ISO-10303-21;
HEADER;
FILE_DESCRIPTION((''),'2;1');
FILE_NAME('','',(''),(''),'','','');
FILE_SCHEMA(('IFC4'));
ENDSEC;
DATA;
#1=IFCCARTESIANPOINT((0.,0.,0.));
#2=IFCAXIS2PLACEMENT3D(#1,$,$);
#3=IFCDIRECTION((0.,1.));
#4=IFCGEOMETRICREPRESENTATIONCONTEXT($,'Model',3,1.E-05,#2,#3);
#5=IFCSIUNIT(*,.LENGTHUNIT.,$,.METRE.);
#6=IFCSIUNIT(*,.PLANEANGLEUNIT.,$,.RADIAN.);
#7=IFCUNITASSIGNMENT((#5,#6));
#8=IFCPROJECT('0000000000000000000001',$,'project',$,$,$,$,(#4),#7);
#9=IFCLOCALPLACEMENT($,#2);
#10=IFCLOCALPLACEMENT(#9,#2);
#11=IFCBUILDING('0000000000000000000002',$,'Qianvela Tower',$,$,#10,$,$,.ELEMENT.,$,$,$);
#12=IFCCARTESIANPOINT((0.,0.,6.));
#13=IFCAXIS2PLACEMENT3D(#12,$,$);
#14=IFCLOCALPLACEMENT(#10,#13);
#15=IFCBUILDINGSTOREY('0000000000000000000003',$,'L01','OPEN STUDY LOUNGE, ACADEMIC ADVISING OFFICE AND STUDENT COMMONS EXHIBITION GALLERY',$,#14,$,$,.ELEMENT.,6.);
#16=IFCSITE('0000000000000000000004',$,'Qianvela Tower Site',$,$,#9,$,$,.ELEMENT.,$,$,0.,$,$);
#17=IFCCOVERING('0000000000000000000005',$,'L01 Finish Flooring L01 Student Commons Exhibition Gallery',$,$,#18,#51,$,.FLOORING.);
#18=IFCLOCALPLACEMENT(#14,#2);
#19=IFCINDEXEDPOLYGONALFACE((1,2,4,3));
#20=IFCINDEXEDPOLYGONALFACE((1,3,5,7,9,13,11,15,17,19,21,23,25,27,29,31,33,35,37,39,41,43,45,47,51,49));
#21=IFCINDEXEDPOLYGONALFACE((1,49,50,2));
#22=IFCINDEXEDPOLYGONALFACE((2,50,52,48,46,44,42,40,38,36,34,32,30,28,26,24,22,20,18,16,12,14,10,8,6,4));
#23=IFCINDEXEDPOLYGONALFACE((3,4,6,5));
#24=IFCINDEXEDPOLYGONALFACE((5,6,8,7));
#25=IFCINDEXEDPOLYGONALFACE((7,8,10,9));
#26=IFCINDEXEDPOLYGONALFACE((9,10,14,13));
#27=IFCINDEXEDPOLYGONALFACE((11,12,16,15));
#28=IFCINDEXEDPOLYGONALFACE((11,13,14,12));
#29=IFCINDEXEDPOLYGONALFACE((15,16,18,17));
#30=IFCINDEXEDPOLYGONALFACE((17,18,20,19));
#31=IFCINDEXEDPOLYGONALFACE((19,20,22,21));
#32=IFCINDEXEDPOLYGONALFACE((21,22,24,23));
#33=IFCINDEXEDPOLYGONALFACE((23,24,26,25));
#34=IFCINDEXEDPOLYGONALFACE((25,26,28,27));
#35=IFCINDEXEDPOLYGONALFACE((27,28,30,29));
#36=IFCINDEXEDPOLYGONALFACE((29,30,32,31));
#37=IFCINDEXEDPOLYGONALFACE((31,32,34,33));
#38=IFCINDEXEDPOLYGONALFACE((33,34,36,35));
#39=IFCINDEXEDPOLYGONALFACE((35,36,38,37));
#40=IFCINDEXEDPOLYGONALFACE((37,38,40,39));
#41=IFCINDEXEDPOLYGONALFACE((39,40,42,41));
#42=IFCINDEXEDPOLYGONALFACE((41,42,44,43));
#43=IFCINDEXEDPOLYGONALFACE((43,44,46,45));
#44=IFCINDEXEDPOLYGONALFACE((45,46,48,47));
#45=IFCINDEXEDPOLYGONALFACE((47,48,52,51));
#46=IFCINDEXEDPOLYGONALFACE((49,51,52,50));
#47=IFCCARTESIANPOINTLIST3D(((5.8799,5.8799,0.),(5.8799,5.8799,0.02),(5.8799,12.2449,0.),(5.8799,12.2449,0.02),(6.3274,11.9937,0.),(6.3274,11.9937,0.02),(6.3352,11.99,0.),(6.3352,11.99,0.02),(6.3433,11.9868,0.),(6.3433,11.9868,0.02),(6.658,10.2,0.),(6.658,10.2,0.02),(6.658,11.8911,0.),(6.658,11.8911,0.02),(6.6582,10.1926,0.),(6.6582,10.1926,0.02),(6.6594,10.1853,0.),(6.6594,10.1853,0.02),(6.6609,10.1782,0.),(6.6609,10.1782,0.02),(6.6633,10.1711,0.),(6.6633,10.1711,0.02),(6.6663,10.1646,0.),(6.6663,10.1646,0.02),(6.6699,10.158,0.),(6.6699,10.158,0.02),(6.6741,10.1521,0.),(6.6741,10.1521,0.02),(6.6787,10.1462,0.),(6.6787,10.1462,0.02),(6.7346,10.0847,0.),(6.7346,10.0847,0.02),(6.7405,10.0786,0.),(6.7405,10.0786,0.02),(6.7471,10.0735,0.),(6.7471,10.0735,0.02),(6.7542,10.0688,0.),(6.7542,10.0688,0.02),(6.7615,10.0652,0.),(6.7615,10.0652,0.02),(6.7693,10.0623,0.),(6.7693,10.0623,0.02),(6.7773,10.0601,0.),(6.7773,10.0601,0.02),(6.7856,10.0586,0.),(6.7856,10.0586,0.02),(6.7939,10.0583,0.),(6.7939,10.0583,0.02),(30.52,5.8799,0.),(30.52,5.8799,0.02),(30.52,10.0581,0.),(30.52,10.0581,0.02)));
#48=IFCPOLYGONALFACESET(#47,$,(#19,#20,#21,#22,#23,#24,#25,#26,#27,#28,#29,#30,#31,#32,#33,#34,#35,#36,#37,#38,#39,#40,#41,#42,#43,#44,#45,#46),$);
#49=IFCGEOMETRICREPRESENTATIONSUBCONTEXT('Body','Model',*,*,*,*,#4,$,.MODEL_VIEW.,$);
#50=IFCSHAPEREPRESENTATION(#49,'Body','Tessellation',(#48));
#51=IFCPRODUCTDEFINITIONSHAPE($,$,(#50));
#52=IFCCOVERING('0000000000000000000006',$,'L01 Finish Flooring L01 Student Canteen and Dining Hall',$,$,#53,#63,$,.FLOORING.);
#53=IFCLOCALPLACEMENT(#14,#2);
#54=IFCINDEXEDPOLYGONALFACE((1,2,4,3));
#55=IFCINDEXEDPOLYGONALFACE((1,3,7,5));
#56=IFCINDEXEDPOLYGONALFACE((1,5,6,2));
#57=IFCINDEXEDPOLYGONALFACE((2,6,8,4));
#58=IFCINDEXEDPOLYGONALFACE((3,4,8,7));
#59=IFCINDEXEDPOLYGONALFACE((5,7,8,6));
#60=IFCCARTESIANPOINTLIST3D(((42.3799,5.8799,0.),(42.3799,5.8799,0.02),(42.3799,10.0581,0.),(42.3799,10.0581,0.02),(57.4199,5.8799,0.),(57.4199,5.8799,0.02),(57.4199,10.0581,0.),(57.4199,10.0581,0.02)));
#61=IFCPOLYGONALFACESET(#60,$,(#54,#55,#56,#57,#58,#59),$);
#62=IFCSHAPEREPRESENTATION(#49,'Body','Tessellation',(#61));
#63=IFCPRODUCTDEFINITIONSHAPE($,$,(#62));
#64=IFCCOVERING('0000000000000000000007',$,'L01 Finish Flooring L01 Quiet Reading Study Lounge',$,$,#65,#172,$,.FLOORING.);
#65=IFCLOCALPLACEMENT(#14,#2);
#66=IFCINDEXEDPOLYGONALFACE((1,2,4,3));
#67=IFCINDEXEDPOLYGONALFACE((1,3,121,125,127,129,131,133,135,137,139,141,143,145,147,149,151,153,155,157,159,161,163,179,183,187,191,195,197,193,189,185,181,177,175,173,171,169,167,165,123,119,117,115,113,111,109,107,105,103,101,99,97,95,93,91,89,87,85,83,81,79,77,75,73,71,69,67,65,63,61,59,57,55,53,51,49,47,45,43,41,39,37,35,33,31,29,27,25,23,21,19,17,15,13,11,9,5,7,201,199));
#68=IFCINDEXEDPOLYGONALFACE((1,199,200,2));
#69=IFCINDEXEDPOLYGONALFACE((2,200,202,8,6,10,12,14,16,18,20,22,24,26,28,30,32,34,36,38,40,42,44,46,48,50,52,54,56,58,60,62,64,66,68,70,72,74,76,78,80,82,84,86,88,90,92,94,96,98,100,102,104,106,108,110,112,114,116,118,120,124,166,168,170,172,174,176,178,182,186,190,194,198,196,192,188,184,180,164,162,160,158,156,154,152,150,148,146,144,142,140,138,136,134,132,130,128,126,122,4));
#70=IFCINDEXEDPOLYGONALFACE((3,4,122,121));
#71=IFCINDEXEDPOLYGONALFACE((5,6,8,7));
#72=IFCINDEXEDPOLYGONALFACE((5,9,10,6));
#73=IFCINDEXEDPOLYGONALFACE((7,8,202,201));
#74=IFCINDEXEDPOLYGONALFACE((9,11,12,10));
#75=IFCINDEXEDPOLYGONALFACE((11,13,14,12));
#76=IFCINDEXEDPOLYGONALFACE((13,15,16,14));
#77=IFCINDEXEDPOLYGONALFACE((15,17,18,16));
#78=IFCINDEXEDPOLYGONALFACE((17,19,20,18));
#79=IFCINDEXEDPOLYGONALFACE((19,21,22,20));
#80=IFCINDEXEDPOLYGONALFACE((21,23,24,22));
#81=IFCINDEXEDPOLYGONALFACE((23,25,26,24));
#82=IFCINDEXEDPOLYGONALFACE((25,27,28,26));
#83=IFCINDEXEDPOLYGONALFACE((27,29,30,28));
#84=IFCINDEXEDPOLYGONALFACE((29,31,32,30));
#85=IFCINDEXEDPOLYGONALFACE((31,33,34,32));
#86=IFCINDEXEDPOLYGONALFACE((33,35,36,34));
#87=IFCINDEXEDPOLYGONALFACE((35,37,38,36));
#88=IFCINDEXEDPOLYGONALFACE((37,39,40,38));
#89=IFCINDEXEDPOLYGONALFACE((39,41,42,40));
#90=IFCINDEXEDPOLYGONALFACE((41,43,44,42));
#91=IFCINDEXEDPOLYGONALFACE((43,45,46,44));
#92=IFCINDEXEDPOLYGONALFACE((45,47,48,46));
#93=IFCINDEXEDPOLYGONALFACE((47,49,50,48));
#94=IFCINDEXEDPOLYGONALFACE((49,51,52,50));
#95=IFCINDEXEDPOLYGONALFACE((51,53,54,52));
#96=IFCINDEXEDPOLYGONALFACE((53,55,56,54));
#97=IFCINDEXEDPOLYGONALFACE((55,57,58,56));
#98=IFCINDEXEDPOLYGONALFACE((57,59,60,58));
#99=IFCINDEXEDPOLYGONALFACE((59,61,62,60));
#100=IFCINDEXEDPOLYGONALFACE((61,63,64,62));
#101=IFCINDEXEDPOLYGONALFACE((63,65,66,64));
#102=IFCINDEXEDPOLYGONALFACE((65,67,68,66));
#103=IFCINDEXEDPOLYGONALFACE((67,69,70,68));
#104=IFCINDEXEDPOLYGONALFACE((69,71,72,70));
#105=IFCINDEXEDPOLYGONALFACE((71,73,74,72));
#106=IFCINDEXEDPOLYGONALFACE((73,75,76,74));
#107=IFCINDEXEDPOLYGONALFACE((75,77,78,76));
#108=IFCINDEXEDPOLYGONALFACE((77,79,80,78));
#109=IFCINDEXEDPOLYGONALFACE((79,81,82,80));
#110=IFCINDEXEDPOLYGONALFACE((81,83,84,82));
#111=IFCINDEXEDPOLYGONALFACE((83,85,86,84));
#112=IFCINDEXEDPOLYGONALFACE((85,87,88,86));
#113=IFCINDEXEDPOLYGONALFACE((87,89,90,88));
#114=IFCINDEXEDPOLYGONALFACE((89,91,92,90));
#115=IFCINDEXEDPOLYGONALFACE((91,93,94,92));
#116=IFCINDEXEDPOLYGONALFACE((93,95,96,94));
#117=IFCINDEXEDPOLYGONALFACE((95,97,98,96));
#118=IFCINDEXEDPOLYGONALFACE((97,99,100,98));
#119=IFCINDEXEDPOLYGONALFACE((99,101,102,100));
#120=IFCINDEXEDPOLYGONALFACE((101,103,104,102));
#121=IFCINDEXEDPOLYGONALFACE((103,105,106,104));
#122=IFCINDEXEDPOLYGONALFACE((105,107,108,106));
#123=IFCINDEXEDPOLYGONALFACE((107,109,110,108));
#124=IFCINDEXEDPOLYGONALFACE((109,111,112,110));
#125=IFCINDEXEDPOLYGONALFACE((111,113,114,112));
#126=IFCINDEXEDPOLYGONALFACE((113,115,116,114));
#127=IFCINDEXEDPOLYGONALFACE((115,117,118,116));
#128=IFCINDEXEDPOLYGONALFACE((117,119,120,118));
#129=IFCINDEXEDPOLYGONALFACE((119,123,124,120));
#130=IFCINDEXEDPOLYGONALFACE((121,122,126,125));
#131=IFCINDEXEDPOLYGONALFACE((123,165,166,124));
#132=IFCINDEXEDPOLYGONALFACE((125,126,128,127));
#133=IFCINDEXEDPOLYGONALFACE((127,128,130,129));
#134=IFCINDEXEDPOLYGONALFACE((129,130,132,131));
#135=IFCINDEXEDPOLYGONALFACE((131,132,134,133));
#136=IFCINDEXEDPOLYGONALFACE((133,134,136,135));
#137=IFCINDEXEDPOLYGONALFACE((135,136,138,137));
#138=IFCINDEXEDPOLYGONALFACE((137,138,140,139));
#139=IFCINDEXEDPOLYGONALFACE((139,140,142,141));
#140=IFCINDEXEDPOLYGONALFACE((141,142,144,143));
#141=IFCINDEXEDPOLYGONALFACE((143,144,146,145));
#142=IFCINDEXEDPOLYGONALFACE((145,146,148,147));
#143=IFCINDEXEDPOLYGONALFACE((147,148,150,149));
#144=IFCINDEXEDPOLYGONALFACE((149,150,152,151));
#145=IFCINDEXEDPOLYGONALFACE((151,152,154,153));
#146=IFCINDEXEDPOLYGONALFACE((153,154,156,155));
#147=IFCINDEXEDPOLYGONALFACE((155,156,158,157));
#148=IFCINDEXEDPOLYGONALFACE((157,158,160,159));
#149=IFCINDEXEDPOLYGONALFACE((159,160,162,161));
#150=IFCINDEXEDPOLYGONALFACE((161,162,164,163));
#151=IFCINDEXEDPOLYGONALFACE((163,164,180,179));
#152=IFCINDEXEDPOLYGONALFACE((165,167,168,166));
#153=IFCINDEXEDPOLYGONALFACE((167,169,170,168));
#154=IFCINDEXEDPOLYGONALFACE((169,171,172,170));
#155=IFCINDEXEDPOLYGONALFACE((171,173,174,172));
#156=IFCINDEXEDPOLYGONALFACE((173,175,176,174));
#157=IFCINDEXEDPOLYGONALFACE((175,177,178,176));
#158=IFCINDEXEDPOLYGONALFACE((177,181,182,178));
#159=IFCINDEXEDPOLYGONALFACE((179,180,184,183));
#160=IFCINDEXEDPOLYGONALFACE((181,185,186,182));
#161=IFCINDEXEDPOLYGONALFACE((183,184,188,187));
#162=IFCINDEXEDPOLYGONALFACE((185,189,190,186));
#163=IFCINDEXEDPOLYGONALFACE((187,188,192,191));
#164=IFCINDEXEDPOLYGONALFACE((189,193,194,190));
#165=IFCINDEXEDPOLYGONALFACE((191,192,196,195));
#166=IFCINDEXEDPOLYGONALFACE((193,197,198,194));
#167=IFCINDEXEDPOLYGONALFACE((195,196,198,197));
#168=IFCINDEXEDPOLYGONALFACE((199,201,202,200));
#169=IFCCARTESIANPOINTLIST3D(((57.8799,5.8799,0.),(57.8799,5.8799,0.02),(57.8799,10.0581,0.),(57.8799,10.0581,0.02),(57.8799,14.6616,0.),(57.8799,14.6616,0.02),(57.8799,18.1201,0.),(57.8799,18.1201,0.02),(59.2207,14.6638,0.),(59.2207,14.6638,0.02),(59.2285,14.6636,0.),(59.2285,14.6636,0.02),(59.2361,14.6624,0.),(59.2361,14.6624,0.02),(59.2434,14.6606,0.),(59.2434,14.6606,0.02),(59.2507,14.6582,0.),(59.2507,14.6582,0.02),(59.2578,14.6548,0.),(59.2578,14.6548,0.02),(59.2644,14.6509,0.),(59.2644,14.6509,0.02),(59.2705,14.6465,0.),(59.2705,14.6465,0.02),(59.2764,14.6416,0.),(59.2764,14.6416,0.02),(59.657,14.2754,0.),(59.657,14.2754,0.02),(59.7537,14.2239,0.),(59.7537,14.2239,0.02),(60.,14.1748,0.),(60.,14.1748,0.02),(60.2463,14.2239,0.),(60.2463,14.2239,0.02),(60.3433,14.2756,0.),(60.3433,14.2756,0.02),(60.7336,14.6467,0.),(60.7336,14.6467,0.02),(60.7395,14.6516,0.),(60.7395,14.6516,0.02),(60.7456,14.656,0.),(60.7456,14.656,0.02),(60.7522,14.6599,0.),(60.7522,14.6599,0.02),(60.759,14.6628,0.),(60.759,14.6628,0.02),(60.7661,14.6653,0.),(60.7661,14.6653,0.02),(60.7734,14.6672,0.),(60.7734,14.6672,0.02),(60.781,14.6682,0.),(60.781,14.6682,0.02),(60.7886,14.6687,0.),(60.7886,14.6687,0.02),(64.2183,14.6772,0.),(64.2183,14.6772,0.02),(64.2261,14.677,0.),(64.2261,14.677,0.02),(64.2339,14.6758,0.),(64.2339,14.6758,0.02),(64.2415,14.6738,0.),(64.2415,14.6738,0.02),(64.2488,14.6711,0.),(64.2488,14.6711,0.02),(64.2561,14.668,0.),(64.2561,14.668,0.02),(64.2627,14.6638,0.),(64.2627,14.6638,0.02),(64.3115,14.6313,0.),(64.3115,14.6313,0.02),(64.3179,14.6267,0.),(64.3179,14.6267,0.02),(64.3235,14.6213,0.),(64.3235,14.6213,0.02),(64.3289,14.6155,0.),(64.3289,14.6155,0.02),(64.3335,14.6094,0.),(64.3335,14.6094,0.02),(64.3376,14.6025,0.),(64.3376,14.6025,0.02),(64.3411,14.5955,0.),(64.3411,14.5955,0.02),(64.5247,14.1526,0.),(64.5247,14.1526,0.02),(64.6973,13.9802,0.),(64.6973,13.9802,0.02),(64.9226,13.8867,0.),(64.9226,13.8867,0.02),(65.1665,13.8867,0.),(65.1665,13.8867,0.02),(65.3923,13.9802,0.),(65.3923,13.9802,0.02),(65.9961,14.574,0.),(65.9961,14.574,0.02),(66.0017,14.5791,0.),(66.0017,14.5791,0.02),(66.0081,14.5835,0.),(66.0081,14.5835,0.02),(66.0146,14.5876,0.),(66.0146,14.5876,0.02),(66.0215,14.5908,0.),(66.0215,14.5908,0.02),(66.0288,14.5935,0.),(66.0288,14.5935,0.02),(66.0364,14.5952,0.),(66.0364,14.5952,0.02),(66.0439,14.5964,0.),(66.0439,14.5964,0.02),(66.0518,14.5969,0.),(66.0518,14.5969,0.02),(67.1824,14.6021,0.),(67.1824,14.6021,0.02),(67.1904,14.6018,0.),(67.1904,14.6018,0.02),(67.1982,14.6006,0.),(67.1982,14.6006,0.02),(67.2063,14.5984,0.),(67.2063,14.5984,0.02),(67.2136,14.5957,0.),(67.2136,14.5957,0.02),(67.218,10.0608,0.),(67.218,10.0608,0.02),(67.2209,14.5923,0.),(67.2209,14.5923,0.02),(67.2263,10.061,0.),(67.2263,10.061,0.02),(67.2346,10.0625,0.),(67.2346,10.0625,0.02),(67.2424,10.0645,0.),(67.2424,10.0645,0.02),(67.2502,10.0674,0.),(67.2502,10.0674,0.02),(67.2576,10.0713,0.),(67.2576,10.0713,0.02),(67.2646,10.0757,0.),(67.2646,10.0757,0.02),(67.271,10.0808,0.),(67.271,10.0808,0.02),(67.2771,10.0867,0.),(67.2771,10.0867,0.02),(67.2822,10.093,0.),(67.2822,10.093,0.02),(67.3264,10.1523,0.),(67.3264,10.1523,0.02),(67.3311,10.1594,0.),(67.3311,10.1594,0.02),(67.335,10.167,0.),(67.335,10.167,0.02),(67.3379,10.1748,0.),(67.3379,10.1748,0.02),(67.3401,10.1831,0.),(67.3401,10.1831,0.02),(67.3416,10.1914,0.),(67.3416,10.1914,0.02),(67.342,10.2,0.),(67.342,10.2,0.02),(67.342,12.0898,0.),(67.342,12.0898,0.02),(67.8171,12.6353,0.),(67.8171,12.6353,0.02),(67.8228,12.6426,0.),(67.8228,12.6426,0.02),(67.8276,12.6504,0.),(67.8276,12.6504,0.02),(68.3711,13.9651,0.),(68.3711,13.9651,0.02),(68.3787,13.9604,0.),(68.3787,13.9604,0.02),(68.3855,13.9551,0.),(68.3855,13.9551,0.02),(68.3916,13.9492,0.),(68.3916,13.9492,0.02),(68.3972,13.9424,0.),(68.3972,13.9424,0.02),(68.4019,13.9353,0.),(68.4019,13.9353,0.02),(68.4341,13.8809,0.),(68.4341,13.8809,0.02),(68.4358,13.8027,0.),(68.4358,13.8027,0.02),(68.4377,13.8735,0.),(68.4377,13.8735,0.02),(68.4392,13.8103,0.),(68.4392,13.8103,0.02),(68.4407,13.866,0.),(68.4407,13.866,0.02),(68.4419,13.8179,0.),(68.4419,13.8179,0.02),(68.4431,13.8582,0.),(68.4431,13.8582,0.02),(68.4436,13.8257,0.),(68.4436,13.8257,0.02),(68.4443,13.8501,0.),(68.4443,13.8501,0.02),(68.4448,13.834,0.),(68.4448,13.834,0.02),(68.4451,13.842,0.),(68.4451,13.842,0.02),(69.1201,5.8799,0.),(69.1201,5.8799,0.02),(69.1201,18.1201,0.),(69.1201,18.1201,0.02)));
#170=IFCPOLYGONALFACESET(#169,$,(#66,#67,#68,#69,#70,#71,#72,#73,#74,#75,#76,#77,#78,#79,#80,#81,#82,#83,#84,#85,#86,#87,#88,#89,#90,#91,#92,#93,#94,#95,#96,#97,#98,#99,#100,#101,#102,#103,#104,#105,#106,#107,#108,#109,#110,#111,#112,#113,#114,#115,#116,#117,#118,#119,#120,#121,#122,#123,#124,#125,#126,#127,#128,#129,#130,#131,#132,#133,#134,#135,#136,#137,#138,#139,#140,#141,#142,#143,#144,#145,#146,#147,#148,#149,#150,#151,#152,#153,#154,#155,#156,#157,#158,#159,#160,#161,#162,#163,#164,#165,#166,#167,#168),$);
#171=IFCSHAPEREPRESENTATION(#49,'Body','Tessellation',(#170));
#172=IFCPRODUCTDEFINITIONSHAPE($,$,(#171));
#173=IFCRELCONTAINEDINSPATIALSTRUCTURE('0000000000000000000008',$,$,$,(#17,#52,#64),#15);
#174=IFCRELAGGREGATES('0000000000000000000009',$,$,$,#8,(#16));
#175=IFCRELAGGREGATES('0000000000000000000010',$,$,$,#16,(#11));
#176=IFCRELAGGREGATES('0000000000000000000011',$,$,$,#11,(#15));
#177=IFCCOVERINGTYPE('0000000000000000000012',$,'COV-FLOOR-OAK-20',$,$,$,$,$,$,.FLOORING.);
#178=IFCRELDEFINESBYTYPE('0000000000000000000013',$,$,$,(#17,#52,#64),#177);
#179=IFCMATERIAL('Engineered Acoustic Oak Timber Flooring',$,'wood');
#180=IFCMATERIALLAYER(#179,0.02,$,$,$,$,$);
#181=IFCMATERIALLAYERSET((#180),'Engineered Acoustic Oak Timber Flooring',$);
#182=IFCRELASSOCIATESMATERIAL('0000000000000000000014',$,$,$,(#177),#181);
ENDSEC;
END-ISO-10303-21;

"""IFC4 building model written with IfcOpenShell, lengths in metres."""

from ifc_helpers import new_model, si_unit, direction, frame, origin, place, context, subcontext, project, spatial, polyline, outline, extrude, material, layer, layer_set, type_object, element, save


model = new_model("IFC4")

# Units and contexts
model_context = context("Model", 3, precision=1e-05, world=origin(), true_north=direction((0.0, 1.0)))
body_context = subcontext(model_context, "Body", "Model", "MODEL_VIEW")
ifc_project = project(units=[si_unit("LENGTHUNIT", "METRE"), si_unit("PLANEANGLEUNIT", "RADIAN")], contexts=[model_context])

# Site, building, storey
site_placement = place(None, origin())
site = spatial("IfcSite", under=ifc_project, at=site_placement, Name="Qianvela Tower Site", CompositionType="ELEMENT", RefElevation=0.0)
building_placement = place(site_placement, origin())
building = spatial("IfcBuilding", under=site, at=building_placement, Name="Qianvela Tower", CompositionType="ELEMENT")
storey_placement = place(building_placement, frame((0.0, 0.0, 6.0)))
storey = spatial("IfcBuildingStorey", under=building, at=storey_placement, Name="L01", Description="OPEN STUDY LOUNGE, ACADEMIC ADVISING OFFICE AND STUDENT COMMONS EXHIBITION GALLERY", CompositionType="ELEMENT", Elevation=6.0)

# Coverings
ifc_material_1 = material(Name="Engineered Acoustic Oak Timber Flooring", Category="wood")
ifc_layer_1 = layer(ifc_material_1, 0.02)
ifc_layer_set_1 = layer_set([ifc_layer_1], Name="Engineered Acoustic Oak Timber Flooring")
covering_type_1 = type_object("IfcCoveringType", Name="COV-FLOOR-OAK-20", PredefinedType="FLOORING", material=ifc_layer_set_1)
covering_1_placement = place(storey_placement, origin())
element("IfcCovering", 1, at=covering_1_placement, inside=storey, type_object=covering_type_1, Name="L01 Finish Flooring L01 Student Commons Exhibition Gallery", PredefinedType="FLOORING", context=body_context, shape_type="SweptSolid", body=[
    extrude(outline(polyline([(30.52, 5.8799), (5.8799, 5.8799), (5.8799, 12.2449), (6.3274, 11.9937), (6.3352, 11.99), (6.3433, 11.9868), (6.658, 11.8911), (6.658, 10.2), (6.6582, 10.1926), (6.6594, 10.1853), (6.6609, 10.1782), (6.6633, 10.1711), (6.6663, 10.1646), (6.6699, 10.158), (6.6741, 10.1521), (6.6787, 10.1462), (6.7346, 10.0847), (6.7405, 10.0786), (6.7471, 10.0735), (6.7542, 10.0688), (6.7615, 10.0652), (6.7693, 10.0623), (6.7773, 10.0601), (6.7856, 10.0586), (6.7939, 10.0583), (30.52, 10.0581), (30.52, 5.8799)])), origin(), (0.0, 0.0, 1.0), 0.02),
])
covering_2_placement = place(storey_placement, origin())
element("IfcCovering", 2, at=covering_2_placement, inside=storey, type_object=covering_type_1, Name="L01 Finish Flooring L01 Student Canteen and Dining Hall", PredefinedType="FLOORING", context=body_context, shape_type="SweptSolid", body=[
    extrude(outline(polyline([(57.4199, 5.8799), (42.3799, 5.8799), (42.3799, 10.0581), (57.4199, 10.0581), (57.4199, 5.8799)])), origin(), (0.0, 0.0, 1.0), 0.02),
])
covering_3_placement = place(storey_placement, origin())
element("IfcCovering", 3, at=covering_3_placement, inside=storey, type_object=covering_type_1, Name="L01 Finish Flooring L01 Quiet Reading Study Lounge", PredefinedType="FLOORING", context=body_context, shape_type="SweptSolid", body=[
    extrude(outline(polyline([(69.1201, 5.8799), (57.8799, 5.8799), (57.8799, 10.0581), (67.218, 10.0608), (67.2263, 10.061), (67.2346, 10.0625), (67.2424, 10.0645), (67.2502, 10.0674), (67.2576, 10.0713), (67.2646, 10.0757), (67.271, 10.0808), (67.2771, 10.0867), (67.2822, 10.093), (67.3264, 10.1523), (67.3311, 10.1594), (67.335, 10.167), (67.3379, 10.1748), (67.3401, 10.1831), (67.3416, 10.1914), (67.342, 10.2), (67.342, 12.0898), (67.8171, 12.6353), (67.8228, 12.6426), (67.8276, 12.6504), (68.4358, 13.8027), (68.4392, 13.8103), (68.4419, 13.8179), (68.4436, 13.8257), (68.4448, 13.834), (68.4451, 13.842), (68.4443, 13.8501), (68.4431, 13.8582), (68.4407, 13.866), (68.4377, 13.8735), (68.4341, 13.8809), (68.4019, 13.9353), (68.3972, 13.9424), (68.3916, 13.9492), (68.3855, 13.9551), (68.3787, 13.9604), (68.3711, 13.9651), (67.2209, 14.5923), (67.2136, 14.5957), (67.2063, 14.5984), (67.1982, 14.6006), (67.1904, 14.6018), (67.1824, 14.6021), (66.0518, 14.5969), (66.0439, 14.5964), (66.0364, 14.5952), (66.0288, 14.5935), (66.0215, 14.5908), (66.0146, 14.5876), (66.0081, 14.5835), (66.0017, 14.5791), (65.9961, 14.574), (65.3923, 13.9802), (65.1665, 13.8867), (64.9226, 13.8867), (64.6973, 13.9802), (64.5247, 14.1526), (64.3411, 14.5955), (64.3376, 14.6025), (64.3335, 14.6094), (64.3289, 14.6155), (64.3235, 14.6213), (64.3179, 14.6267), (64.3115, 14.6313), (64.2627, 14.6638), (64.2561, 14.668), (64.2488, 14.6711), (64.2415, 14.6738), (64.2339, 14.6758), (64.2261, 14.677), (64.2183, 14.6772), (60.7886, 14.6687), (60.781, 14.6682), (60.7734, 14.6672), (60.7661, 14.6653), (60.759, 14.6628), (60.7522, 14.6599), (60.7456, 14.656), (60.7395, 14.6516), (60.7336, 14.6467), (60.3433, 14.2756), (60.2463, 14.2239), (60.0, 14.1748), (59.7537, 14.2239), (59.657, 14.2754), (59.2764, 14.6416), (59.2705, 14.6465), (59.2644, 14.6509), (59.2578, 14.6548), (59.2507, 14.6582), (59.2434, 14.6606), (59.2361, 14.6624), (59.2285, 14.6636), (59.2207, 14.6638), (57.8799, 14.6616), (57.8799, 18.1201), (69.1201, 18.1201), (69.1201, 5.8799)])), origin(), (0.0, 0.0, 1.0), 0.02),
])

save(model, "model.ifc")
